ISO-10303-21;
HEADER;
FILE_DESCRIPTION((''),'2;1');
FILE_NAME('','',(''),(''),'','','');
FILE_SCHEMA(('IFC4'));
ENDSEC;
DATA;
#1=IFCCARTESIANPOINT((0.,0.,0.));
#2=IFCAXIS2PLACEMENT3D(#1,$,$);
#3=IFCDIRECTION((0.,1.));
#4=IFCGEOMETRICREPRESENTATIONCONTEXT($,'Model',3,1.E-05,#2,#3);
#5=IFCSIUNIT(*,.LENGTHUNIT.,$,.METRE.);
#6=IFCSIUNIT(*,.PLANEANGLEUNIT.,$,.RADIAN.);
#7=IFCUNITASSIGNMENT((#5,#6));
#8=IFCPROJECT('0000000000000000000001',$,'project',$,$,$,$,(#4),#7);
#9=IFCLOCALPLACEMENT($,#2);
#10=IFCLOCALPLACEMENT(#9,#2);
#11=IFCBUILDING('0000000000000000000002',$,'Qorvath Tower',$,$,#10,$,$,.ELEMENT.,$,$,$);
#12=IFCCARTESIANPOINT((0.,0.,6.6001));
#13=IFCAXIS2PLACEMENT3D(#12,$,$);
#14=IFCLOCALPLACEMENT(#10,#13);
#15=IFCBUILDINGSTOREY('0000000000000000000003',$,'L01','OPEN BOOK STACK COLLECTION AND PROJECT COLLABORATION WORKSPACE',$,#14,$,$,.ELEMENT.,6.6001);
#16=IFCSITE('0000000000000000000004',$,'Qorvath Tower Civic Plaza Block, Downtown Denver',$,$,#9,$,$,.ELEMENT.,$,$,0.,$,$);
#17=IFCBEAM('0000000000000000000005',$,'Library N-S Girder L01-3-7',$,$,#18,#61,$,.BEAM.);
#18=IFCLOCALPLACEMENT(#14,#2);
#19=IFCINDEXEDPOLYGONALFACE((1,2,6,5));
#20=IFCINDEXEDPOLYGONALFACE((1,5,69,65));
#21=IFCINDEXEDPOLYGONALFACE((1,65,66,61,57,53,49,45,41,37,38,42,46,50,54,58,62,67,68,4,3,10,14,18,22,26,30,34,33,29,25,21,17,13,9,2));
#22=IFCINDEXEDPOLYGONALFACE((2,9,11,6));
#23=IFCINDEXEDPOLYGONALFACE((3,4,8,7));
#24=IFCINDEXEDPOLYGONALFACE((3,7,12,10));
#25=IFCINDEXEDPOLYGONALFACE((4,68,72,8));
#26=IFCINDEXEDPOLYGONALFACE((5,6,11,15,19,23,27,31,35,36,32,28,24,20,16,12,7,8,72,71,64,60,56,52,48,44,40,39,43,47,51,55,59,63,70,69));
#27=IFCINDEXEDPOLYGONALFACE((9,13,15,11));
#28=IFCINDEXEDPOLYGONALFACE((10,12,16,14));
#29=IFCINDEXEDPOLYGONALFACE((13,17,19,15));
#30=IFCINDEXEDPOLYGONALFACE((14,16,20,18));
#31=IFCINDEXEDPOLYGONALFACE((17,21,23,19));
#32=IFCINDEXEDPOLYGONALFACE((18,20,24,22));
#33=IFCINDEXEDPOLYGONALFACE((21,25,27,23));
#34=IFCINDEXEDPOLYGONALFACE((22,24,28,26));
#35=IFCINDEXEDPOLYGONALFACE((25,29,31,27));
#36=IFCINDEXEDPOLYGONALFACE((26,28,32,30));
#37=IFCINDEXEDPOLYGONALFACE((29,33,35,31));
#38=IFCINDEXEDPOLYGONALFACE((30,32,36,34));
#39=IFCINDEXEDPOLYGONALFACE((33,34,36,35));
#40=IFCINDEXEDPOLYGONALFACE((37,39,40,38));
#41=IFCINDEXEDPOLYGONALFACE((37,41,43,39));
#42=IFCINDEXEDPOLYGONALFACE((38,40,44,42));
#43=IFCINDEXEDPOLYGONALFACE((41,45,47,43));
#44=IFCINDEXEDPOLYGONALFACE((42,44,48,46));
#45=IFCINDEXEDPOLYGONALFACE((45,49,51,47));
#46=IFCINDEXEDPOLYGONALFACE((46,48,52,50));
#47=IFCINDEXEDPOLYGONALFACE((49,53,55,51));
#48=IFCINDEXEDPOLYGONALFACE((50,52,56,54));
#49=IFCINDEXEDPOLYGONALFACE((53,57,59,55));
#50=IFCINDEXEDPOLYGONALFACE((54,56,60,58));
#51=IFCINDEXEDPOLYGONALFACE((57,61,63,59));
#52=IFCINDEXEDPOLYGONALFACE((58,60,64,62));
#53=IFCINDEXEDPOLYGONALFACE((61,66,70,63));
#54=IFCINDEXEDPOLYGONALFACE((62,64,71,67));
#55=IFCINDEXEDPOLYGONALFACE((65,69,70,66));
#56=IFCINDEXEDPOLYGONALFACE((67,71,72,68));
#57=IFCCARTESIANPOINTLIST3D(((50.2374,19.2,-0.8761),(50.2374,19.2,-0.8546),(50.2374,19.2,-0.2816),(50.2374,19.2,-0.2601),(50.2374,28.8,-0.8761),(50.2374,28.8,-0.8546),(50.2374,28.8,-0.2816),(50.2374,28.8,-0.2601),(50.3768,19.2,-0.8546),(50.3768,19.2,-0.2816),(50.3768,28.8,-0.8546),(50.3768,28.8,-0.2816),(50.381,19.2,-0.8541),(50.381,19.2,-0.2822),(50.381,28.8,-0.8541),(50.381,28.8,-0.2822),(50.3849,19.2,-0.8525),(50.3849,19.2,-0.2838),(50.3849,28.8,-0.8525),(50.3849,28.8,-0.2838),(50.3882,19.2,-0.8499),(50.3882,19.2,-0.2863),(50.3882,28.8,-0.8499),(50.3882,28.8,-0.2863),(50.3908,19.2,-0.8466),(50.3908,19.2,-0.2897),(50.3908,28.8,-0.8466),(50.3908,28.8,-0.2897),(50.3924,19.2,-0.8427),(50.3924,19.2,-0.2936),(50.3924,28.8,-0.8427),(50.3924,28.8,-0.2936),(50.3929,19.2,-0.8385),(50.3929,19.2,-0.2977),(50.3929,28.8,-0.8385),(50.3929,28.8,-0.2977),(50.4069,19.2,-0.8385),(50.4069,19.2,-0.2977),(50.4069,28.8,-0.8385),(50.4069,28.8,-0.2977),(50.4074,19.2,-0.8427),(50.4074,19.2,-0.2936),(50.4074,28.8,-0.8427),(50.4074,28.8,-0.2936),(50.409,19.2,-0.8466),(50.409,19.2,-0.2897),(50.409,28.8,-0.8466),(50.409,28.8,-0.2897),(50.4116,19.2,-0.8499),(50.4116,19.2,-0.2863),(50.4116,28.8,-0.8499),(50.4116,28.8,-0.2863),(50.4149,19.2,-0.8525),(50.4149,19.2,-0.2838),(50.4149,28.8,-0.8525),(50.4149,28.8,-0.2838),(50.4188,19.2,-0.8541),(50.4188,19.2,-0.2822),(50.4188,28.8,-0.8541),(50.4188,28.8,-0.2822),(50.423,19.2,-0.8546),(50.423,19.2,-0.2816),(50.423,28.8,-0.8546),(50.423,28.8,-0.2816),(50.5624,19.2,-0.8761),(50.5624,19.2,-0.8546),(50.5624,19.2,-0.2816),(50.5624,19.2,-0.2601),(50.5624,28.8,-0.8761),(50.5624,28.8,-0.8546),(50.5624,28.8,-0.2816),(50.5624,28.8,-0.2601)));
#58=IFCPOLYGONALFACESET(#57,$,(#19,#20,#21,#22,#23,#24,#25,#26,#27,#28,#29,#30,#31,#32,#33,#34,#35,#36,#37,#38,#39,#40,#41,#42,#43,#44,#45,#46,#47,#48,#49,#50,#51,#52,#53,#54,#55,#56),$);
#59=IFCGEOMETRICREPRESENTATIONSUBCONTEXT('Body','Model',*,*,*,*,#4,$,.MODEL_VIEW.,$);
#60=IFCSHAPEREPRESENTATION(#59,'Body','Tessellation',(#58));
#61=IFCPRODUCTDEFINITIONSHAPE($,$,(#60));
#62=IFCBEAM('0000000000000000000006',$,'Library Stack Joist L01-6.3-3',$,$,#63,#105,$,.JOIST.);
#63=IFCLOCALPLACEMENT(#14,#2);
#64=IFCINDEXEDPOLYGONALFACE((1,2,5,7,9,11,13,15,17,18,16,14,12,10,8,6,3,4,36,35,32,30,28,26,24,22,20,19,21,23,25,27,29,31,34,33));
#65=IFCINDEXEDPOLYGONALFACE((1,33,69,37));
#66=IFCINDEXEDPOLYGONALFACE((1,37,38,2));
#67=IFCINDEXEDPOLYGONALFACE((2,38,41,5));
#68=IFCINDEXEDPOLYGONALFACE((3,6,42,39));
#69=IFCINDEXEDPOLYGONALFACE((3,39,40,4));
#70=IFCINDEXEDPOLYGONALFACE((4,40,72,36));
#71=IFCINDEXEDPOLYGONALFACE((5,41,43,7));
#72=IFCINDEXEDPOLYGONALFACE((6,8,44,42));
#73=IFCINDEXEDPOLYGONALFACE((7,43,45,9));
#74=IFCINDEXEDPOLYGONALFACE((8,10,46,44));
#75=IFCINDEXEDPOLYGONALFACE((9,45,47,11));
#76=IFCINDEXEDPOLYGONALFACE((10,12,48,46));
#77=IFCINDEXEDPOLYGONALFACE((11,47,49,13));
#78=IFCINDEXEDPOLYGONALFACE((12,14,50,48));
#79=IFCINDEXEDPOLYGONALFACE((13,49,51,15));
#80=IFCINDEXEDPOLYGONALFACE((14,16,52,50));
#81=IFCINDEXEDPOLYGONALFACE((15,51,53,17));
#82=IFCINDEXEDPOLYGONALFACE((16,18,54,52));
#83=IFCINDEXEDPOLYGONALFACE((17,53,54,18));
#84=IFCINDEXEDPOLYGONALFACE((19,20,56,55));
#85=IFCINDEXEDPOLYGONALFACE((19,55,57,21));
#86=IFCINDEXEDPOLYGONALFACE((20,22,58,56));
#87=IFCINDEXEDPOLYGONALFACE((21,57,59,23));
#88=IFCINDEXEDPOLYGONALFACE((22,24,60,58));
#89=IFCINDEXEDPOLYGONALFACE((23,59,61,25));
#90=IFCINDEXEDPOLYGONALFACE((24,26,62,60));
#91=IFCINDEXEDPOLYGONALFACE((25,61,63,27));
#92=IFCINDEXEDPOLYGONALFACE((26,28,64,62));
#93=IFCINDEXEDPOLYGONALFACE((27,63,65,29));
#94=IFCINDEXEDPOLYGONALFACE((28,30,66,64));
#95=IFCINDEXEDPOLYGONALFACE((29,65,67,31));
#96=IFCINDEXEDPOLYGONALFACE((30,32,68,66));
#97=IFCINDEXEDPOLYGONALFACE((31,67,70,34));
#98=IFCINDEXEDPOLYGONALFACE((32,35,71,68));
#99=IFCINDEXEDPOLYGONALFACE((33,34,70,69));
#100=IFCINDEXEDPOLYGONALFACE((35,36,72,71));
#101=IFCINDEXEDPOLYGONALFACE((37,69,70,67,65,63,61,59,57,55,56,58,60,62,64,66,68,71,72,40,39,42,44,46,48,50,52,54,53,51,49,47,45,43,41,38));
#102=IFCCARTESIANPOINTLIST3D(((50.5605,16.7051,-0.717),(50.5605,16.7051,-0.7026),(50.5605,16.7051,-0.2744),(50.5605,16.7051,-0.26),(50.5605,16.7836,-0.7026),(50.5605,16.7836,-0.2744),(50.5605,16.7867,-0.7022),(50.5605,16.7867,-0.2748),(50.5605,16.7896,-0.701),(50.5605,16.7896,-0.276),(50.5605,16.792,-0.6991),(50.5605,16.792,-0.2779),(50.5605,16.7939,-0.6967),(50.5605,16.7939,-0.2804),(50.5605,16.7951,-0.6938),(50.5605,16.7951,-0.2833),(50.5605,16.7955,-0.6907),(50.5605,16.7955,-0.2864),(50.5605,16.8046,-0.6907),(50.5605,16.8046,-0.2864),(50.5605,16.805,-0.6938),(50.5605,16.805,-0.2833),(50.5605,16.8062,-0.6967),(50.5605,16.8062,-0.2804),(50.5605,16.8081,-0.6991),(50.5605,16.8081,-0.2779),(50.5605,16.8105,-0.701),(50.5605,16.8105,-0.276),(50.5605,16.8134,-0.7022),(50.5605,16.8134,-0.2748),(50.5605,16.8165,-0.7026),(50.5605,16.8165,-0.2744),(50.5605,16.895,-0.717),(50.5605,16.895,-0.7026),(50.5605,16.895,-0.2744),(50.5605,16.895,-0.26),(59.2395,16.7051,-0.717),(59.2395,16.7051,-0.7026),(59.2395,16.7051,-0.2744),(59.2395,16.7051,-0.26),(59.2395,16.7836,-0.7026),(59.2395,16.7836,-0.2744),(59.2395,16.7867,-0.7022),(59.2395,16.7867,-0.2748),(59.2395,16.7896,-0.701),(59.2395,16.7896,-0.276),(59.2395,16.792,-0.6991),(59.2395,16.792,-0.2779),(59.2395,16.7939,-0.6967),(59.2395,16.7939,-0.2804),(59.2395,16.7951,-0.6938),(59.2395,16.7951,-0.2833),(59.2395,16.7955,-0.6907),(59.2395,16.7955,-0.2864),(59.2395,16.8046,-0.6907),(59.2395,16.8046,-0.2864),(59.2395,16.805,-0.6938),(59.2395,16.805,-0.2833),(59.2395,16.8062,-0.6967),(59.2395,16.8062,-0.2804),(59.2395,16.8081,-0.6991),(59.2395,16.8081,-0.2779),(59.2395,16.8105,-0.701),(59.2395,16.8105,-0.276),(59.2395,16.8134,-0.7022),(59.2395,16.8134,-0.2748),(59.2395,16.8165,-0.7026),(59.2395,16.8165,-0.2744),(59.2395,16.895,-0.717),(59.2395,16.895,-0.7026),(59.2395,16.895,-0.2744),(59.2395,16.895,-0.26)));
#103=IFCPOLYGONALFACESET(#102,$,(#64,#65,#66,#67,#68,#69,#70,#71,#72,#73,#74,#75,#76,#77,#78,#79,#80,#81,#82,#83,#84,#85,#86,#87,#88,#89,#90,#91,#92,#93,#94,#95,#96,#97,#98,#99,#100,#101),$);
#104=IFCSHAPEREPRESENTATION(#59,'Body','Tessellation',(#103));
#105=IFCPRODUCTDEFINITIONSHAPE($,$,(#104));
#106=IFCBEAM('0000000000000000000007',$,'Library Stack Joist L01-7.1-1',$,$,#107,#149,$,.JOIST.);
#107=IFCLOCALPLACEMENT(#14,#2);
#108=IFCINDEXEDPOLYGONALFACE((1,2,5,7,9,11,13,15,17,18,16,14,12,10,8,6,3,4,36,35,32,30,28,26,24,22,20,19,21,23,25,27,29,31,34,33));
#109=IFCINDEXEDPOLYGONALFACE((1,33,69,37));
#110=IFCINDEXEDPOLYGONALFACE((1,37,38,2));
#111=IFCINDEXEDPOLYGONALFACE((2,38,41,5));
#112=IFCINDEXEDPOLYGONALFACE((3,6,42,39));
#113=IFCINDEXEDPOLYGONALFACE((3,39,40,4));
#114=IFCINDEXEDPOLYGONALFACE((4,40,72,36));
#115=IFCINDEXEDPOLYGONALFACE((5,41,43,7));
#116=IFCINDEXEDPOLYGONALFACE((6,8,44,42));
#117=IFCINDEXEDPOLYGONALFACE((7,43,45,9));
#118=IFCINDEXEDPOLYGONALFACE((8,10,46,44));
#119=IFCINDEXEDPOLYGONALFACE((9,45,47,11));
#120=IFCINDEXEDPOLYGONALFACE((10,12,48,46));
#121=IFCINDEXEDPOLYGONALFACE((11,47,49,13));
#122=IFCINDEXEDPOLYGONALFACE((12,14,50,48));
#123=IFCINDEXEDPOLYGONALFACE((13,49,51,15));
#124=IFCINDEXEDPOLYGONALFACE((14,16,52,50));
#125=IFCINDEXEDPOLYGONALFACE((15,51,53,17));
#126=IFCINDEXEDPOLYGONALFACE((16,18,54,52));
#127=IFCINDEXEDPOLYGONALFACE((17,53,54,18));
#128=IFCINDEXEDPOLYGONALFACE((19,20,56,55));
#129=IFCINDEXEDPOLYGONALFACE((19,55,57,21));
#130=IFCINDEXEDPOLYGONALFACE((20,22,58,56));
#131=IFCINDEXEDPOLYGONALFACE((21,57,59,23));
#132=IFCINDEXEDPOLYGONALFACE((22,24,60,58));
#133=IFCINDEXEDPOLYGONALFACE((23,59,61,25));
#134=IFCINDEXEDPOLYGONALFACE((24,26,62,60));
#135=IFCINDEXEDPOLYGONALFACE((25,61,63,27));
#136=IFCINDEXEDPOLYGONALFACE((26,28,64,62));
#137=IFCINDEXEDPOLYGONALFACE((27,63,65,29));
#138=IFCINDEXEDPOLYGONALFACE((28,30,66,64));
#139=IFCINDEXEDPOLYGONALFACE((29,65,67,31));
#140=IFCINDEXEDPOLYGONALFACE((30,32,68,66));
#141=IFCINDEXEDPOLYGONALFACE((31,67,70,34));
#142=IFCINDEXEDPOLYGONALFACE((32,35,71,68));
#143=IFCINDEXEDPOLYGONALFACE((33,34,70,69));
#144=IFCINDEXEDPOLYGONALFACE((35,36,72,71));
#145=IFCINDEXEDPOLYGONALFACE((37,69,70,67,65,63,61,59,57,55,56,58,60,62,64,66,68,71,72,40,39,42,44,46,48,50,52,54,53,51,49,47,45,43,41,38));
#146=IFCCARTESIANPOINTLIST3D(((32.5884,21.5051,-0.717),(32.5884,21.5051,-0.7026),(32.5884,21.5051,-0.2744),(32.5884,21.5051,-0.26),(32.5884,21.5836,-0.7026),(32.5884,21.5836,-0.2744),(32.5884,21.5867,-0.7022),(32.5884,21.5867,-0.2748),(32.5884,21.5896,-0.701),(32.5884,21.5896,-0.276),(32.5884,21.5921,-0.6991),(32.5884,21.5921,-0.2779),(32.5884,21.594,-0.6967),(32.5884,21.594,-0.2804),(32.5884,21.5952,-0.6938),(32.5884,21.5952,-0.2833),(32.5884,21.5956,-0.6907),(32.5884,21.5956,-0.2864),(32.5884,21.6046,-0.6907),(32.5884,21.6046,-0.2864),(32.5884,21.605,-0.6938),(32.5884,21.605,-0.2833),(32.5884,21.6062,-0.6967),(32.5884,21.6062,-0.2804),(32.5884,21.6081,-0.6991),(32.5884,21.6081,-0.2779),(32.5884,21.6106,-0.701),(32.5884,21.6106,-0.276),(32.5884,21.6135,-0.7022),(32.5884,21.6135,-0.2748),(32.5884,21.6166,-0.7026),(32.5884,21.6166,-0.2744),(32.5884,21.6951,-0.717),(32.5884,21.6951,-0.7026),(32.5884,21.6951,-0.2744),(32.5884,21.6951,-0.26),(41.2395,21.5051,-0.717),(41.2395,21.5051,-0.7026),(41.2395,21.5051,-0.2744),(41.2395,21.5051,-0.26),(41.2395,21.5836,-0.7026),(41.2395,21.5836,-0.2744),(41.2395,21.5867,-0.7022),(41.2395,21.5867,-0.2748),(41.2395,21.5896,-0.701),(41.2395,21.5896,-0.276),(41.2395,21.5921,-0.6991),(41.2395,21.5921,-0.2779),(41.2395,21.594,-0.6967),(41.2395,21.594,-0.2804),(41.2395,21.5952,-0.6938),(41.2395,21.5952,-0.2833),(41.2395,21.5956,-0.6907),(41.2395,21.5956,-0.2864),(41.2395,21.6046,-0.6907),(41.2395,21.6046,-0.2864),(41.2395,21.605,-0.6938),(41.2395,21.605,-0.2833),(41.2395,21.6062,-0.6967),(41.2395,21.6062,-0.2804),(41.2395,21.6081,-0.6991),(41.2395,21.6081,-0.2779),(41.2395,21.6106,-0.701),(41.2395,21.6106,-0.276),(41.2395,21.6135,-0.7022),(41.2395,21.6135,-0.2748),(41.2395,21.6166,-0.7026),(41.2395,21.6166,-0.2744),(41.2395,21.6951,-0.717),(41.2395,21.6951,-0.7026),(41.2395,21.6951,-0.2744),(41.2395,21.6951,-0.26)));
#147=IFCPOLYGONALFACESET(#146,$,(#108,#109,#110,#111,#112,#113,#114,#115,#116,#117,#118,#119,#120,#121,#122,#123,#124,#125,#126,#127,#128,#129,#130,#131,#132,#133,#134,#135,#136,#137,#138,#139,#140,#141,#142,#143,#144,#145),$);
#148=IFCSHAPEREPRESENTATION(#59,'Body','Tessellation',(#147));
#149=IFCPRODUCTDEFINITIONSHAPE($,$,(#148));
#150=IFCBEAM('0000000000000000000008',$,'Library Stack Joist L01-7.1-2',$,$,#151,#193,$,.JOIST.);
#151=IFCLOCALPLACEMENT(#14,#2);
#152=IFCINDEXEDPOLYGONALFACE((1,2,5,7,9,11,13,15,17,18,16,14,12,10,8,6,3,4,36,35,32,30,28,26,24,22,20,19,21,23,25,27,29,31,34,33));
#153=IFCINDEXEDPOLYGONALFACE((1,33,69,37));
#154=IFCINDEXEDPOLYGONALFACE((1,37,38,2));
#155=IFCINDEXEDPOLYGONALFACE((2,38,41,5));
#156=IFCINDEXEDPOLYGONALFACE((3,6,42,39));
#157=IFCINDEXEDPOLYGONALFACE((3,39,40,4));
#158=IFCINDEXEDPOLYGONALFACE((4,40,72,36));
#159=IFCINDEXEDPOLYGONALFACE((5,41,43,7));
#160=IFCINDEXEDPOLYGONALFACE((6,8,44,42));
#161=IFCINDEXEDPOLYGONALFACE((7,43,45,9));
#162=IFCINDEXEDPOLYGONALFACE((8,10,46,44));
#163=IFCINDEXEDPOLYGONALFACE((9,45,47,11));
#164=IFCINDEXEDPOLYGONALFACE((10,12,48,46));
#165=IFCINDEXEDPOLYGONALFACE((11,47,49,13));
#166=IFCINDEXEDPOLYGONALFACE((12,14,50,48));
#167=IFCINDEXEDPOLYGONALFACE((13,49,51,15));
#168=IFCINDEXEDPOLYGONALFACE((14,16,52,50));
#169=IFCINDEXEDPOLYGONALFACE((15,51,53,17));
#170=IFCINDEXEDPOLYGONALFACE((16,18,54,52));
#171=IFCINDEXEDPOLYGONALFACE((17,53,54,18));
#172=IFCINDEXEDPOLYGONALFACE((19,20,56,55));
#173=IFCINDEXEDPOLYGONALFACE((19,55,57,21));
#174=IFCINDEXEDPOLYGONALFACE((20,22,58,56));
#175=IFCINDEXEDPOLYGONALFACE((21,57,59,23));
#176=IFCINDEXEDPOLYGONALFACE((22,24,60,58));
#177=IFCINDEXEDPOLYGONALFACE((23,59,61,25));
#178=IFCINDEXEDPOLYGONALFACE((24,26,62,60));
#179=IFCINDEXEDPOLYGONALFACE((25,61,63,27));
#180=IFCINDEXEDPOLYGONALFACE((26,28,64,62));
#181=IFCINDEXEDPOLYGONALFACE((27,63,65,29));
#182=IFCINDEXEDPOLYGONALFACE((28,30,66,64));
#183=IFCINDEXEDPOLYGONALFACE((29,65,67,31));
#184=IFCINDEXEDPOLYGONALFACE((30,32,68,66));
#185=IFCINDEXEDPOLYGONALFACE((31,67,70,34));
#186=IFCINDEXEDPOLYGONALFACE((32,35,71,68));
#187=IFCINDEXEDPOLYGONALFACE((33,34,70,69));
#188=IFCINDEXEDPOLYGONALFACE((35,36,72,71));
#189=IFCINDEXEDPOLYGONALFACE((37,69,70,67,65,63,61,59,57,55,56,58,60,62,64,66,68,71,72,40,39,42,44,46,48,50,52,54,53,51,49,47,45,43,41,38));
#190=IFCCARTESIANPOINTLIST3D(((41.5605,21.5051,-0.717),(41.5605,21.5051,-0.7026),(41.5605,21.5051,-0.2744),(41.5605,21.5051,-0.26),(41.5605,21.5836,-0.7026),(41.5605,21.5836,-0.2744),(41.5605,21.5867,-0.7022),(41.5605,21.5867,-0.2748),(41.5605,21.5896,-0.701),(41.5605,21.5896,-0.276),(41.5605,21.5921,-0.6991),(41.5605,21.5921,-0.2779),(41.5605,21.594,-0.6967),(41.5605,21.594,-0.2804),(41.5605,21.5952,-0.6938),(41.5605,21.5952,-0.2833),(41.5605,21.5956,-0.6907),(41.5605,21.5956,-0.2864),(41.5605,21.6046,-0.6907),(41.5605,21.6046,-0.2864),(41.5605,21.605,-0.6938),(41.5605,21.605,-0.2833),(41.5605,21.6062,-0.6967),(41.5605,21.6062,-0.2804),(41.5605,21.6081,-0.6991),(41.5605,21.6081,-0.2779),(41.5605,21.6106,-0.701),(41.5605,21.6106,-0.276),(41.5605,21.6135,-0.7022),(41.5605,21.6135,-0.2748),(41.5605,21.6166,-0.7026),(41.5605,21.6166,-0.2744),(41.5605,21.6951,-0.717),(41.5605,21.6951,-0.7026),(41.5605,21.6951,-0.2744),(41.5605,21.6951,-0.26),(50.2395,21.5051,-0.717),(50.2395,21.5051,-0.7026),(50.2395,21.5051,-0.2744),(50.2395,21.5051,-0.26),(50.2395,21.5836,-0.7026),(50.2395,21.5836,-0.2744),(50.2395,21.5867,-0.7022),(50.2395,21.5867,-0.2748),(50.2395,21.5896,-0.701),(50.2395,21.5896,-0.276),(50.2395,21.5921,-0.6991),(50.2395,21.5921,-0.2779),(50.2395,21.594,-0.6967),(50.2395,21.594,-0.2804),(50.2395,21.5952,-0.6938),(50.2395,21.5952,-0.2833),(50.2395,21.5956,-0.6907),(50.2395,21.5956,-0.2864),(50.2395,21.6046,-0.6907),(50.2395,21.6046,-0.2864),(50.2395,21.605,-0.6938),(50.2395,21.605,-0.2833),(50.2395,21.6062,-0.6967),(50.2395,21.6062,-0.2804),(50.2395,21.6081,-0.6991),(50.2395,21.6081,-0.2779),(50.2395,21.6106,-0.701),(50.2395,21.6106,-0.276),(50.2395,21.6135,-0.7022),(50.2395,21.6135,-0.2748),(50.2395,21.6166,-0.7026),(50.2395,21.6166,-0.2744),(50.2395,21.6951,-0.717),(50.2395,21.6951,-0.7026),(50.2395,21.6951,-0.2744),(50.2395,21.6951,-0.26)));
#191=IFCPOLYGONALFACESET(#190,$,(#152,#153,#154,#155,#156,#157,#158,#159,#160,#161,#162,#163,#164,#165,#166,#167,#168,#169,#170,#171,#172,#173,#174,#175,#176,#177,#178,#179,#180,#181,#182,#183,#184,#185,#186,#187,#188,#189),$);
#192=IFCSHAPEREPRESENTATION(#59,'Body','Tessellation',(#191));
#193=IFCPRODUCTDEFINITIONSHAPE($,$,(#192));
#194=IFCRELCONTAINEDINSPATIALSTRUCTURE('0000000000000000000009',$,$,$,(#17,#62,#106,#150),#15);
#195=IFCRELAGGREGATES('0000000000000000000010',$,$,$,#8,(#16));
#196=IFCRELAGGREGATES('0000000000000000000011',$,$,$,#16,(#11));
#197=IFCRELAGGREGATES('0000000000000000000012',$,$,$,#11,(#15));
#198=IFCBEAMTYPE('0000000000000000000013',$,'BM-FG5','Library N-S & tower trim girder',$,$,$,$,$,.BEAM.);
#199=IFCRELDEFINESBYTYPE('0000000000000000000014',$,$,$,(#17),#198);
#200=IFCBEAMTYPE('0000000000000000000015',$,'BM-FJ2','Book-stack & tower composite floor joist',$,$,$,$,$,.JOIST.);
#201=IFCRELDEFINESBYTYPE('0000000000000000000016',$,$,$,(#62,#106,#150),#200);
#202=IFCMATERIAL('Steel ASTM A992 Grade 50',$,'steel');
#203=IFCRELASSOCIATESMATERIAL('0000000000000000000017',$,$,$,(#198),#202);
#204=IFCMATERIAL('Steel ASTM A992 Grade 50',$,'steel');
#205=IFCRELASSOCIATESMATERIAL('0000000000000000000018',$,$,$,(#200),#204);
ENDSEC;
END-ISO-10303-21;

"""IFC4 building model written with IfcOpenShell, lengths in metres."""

from ifc_helpers import new_model, si_unit, direction, frame, origin, origin_2d, place, context, subcontext, project, spatial, i_section, extrude, material, material_profile, profile_set, type_object, element, save


model = new_model("IFC4")

# Units and contexts
model_context = context("Model", 3, precision=1e-05, world=origin(), true_north=direction((0.0, 1.0)))
body_context = subcontext(model_context, "Body", "Model", "MODEL_VIEW")
ifc_project = project(units=[si_unit("LENGTHUNIT", "METRE"), si_unit("PLANEANGLEUNIT", "RADIAN")], contexts=[model_context])

# Site, building, storey
site_placement = place(None, origin())
site = spatial("IfcSite", under=ifc_project, at=site_placement, Name="Qorvath Tower Civic Plaza Block, Downtown Denver", CompositionType="ELEMENT", RefElevation=0.0)
building_placement = place(site_placement, origin())
building = spatial("IfcBuilding", under=site, at=building_placement, Name="Qorvath Tower", CompositionType="ELEMENT")
storey_placement = place(building_placement, frame((0.0, 0.0, 6.6001)))
storey = spatial("IfcBuildingStorey", under=building, at=storey_placement, Name="L01", Description="OPEN BOOK STACK COLLECTION AND PROJECT COLLABORATION WORKSPACE", CompositionType="ELEMENT", Elevation=6.6001)

# Beams
ifc_material_1 = material(Name="Steel ASTM A992 Grade 50", Category="steel")
ifc_material_profile_1 = material_profile(ifc_material_1, i_section(OverallWidth=0.325, OverallDepth=0.616, WebThickness=0.0139, FlangeThickness=0.0215, FilletRadius=0.0161, at=origin_2d()), Name="W24x117")
ifc_profile_set_1 = profile_set([ifc_material_profile_1], Name="Steel ASTM A992 Grade 50")
beam_type_1 = type_object("IfcBeamType", Name="BM-FG5", Description="Library N-S & tower trim girder", PredefinedType="BEAM", material=ifc_profile_set_1)
for number, where, z_axis, x_axis, name in (
    (1, (50.3999, 19.2, -0.5681), (0.0, 1.0, 0.0), (-1.0, 0.0, 0.0), "Library N-S Girder L01-3-7"),
):
    element("IfcBeam", number, at=place(storey_placement, frame(where, z_axis=z_axis, x_axis=x_axis)), inside=storey, type_object=beam_type_1, Name=name, PredefinedType="BEAM", context=body_context, shape_type="SweptSolid", body=[
        extrude(i_section(OverallWidth=0.325, OverallDepth=0.616, WebThickness=0.0139, FlangeThickness=0.0215, FilletRadius=0.0161, at=origin_2d()), origin(), (0.0, 0.0, 1.0), 9.6001),
    ])
ifc_material_2 = material(Name="Steel ASTM A992 Grade 50", Category="steel")
ifc_material_profile_2 = material_profile(ifc_material_2, i_section(OverallWidth=0.1899, OverallDepth=0.457, WebThickness=0.009, FlangeThickness=0.0144, FilletRadius=0.012, at=origin_2d()), Name="W18x50")
ifc_profile_set_2 = profile_set([ifc_material_profile_2], Name="Steel ASTM A992 Grade 50")
beam_type_2 = type_object("IfcBeamType", Name="BM-FJ2", Description="Book-stack & tower composite floor joist", PredefinedType="JOIST", material=ifc_profile_set_2)
beam_1_placement = place(storey_placement, frame((50.5605, 16.8, -0.4885), z_axis=(1.0, 0.0, 0.0), x_axis=(0.0, 1.0, 0.0)))
element("IfcBeam", 2, at=beam_1_placement, inside=storey, type_object=beam_type_2, Name="Library Stack Joist L01-6.3-3", PredefinedType="JOIST", context=body_context, shape_type="SweptSolid", body=[
    extrude(i_section(OverallWidth=0.1899, OverallDepth=0.457, WebThickness=0.009, FlangeThickness=0.0144, FilletRadius=0.012, at=origin_2d()), origin(), (0.0, 0.0, 1.0), 8.679),
])
beam_2_placement = place(storey_placement, frame((32.5884, 21.6001, -0.4885), z_axis=(1.0, 0.0, 0.0), x_axis=(0.0, 1.0, 0.0)))
element("IfcBeam", 3, at=beam_2_placement, inside=storey, type_object=beam_type_2, Name="Library Stack Joist L01-7.1-1", PredefinedType="JOIST", context=body_context, shape_type="SweptSolid", body=[
    extrude(i_section(OverallWidth=0.1899, OverallDepth=0.457, WebThickness=0.009, FlangeThickness=0.0144, FilletRadius=0.012, at=origin_2d()), origin(), (0.0, 0.0, 1.0), 8.6511),
])
for number, where, z_axis, x_axis, name in (
    (4, (41.5605, 21.6001, -0.4885), (1.0, 0.0, 0.0), (0.0, 1.0, 0.0), "Library Stack Joist L01-7.1-2"),
):
    element("IfcBeam", number, at=place(storey_placement, frame(where, z_axis=z_axis, x_axis=x_axis)), inside=storey, type_object=beam_type_2, Name=name, PredefinedType="JOIST", context=body_context, shape_type="SweptSolid", body=[
        extrude(i_section(OverallWidth=0.1899, OverallDepth=0.457, WebThickness=0.009, FlangeThickness=0.0144, FilletRadius=0.012, at=origin_2d()), origin(), (0.0, 0.0, 1.0), 8.679),
    ])

save(model, "model.ifc")
